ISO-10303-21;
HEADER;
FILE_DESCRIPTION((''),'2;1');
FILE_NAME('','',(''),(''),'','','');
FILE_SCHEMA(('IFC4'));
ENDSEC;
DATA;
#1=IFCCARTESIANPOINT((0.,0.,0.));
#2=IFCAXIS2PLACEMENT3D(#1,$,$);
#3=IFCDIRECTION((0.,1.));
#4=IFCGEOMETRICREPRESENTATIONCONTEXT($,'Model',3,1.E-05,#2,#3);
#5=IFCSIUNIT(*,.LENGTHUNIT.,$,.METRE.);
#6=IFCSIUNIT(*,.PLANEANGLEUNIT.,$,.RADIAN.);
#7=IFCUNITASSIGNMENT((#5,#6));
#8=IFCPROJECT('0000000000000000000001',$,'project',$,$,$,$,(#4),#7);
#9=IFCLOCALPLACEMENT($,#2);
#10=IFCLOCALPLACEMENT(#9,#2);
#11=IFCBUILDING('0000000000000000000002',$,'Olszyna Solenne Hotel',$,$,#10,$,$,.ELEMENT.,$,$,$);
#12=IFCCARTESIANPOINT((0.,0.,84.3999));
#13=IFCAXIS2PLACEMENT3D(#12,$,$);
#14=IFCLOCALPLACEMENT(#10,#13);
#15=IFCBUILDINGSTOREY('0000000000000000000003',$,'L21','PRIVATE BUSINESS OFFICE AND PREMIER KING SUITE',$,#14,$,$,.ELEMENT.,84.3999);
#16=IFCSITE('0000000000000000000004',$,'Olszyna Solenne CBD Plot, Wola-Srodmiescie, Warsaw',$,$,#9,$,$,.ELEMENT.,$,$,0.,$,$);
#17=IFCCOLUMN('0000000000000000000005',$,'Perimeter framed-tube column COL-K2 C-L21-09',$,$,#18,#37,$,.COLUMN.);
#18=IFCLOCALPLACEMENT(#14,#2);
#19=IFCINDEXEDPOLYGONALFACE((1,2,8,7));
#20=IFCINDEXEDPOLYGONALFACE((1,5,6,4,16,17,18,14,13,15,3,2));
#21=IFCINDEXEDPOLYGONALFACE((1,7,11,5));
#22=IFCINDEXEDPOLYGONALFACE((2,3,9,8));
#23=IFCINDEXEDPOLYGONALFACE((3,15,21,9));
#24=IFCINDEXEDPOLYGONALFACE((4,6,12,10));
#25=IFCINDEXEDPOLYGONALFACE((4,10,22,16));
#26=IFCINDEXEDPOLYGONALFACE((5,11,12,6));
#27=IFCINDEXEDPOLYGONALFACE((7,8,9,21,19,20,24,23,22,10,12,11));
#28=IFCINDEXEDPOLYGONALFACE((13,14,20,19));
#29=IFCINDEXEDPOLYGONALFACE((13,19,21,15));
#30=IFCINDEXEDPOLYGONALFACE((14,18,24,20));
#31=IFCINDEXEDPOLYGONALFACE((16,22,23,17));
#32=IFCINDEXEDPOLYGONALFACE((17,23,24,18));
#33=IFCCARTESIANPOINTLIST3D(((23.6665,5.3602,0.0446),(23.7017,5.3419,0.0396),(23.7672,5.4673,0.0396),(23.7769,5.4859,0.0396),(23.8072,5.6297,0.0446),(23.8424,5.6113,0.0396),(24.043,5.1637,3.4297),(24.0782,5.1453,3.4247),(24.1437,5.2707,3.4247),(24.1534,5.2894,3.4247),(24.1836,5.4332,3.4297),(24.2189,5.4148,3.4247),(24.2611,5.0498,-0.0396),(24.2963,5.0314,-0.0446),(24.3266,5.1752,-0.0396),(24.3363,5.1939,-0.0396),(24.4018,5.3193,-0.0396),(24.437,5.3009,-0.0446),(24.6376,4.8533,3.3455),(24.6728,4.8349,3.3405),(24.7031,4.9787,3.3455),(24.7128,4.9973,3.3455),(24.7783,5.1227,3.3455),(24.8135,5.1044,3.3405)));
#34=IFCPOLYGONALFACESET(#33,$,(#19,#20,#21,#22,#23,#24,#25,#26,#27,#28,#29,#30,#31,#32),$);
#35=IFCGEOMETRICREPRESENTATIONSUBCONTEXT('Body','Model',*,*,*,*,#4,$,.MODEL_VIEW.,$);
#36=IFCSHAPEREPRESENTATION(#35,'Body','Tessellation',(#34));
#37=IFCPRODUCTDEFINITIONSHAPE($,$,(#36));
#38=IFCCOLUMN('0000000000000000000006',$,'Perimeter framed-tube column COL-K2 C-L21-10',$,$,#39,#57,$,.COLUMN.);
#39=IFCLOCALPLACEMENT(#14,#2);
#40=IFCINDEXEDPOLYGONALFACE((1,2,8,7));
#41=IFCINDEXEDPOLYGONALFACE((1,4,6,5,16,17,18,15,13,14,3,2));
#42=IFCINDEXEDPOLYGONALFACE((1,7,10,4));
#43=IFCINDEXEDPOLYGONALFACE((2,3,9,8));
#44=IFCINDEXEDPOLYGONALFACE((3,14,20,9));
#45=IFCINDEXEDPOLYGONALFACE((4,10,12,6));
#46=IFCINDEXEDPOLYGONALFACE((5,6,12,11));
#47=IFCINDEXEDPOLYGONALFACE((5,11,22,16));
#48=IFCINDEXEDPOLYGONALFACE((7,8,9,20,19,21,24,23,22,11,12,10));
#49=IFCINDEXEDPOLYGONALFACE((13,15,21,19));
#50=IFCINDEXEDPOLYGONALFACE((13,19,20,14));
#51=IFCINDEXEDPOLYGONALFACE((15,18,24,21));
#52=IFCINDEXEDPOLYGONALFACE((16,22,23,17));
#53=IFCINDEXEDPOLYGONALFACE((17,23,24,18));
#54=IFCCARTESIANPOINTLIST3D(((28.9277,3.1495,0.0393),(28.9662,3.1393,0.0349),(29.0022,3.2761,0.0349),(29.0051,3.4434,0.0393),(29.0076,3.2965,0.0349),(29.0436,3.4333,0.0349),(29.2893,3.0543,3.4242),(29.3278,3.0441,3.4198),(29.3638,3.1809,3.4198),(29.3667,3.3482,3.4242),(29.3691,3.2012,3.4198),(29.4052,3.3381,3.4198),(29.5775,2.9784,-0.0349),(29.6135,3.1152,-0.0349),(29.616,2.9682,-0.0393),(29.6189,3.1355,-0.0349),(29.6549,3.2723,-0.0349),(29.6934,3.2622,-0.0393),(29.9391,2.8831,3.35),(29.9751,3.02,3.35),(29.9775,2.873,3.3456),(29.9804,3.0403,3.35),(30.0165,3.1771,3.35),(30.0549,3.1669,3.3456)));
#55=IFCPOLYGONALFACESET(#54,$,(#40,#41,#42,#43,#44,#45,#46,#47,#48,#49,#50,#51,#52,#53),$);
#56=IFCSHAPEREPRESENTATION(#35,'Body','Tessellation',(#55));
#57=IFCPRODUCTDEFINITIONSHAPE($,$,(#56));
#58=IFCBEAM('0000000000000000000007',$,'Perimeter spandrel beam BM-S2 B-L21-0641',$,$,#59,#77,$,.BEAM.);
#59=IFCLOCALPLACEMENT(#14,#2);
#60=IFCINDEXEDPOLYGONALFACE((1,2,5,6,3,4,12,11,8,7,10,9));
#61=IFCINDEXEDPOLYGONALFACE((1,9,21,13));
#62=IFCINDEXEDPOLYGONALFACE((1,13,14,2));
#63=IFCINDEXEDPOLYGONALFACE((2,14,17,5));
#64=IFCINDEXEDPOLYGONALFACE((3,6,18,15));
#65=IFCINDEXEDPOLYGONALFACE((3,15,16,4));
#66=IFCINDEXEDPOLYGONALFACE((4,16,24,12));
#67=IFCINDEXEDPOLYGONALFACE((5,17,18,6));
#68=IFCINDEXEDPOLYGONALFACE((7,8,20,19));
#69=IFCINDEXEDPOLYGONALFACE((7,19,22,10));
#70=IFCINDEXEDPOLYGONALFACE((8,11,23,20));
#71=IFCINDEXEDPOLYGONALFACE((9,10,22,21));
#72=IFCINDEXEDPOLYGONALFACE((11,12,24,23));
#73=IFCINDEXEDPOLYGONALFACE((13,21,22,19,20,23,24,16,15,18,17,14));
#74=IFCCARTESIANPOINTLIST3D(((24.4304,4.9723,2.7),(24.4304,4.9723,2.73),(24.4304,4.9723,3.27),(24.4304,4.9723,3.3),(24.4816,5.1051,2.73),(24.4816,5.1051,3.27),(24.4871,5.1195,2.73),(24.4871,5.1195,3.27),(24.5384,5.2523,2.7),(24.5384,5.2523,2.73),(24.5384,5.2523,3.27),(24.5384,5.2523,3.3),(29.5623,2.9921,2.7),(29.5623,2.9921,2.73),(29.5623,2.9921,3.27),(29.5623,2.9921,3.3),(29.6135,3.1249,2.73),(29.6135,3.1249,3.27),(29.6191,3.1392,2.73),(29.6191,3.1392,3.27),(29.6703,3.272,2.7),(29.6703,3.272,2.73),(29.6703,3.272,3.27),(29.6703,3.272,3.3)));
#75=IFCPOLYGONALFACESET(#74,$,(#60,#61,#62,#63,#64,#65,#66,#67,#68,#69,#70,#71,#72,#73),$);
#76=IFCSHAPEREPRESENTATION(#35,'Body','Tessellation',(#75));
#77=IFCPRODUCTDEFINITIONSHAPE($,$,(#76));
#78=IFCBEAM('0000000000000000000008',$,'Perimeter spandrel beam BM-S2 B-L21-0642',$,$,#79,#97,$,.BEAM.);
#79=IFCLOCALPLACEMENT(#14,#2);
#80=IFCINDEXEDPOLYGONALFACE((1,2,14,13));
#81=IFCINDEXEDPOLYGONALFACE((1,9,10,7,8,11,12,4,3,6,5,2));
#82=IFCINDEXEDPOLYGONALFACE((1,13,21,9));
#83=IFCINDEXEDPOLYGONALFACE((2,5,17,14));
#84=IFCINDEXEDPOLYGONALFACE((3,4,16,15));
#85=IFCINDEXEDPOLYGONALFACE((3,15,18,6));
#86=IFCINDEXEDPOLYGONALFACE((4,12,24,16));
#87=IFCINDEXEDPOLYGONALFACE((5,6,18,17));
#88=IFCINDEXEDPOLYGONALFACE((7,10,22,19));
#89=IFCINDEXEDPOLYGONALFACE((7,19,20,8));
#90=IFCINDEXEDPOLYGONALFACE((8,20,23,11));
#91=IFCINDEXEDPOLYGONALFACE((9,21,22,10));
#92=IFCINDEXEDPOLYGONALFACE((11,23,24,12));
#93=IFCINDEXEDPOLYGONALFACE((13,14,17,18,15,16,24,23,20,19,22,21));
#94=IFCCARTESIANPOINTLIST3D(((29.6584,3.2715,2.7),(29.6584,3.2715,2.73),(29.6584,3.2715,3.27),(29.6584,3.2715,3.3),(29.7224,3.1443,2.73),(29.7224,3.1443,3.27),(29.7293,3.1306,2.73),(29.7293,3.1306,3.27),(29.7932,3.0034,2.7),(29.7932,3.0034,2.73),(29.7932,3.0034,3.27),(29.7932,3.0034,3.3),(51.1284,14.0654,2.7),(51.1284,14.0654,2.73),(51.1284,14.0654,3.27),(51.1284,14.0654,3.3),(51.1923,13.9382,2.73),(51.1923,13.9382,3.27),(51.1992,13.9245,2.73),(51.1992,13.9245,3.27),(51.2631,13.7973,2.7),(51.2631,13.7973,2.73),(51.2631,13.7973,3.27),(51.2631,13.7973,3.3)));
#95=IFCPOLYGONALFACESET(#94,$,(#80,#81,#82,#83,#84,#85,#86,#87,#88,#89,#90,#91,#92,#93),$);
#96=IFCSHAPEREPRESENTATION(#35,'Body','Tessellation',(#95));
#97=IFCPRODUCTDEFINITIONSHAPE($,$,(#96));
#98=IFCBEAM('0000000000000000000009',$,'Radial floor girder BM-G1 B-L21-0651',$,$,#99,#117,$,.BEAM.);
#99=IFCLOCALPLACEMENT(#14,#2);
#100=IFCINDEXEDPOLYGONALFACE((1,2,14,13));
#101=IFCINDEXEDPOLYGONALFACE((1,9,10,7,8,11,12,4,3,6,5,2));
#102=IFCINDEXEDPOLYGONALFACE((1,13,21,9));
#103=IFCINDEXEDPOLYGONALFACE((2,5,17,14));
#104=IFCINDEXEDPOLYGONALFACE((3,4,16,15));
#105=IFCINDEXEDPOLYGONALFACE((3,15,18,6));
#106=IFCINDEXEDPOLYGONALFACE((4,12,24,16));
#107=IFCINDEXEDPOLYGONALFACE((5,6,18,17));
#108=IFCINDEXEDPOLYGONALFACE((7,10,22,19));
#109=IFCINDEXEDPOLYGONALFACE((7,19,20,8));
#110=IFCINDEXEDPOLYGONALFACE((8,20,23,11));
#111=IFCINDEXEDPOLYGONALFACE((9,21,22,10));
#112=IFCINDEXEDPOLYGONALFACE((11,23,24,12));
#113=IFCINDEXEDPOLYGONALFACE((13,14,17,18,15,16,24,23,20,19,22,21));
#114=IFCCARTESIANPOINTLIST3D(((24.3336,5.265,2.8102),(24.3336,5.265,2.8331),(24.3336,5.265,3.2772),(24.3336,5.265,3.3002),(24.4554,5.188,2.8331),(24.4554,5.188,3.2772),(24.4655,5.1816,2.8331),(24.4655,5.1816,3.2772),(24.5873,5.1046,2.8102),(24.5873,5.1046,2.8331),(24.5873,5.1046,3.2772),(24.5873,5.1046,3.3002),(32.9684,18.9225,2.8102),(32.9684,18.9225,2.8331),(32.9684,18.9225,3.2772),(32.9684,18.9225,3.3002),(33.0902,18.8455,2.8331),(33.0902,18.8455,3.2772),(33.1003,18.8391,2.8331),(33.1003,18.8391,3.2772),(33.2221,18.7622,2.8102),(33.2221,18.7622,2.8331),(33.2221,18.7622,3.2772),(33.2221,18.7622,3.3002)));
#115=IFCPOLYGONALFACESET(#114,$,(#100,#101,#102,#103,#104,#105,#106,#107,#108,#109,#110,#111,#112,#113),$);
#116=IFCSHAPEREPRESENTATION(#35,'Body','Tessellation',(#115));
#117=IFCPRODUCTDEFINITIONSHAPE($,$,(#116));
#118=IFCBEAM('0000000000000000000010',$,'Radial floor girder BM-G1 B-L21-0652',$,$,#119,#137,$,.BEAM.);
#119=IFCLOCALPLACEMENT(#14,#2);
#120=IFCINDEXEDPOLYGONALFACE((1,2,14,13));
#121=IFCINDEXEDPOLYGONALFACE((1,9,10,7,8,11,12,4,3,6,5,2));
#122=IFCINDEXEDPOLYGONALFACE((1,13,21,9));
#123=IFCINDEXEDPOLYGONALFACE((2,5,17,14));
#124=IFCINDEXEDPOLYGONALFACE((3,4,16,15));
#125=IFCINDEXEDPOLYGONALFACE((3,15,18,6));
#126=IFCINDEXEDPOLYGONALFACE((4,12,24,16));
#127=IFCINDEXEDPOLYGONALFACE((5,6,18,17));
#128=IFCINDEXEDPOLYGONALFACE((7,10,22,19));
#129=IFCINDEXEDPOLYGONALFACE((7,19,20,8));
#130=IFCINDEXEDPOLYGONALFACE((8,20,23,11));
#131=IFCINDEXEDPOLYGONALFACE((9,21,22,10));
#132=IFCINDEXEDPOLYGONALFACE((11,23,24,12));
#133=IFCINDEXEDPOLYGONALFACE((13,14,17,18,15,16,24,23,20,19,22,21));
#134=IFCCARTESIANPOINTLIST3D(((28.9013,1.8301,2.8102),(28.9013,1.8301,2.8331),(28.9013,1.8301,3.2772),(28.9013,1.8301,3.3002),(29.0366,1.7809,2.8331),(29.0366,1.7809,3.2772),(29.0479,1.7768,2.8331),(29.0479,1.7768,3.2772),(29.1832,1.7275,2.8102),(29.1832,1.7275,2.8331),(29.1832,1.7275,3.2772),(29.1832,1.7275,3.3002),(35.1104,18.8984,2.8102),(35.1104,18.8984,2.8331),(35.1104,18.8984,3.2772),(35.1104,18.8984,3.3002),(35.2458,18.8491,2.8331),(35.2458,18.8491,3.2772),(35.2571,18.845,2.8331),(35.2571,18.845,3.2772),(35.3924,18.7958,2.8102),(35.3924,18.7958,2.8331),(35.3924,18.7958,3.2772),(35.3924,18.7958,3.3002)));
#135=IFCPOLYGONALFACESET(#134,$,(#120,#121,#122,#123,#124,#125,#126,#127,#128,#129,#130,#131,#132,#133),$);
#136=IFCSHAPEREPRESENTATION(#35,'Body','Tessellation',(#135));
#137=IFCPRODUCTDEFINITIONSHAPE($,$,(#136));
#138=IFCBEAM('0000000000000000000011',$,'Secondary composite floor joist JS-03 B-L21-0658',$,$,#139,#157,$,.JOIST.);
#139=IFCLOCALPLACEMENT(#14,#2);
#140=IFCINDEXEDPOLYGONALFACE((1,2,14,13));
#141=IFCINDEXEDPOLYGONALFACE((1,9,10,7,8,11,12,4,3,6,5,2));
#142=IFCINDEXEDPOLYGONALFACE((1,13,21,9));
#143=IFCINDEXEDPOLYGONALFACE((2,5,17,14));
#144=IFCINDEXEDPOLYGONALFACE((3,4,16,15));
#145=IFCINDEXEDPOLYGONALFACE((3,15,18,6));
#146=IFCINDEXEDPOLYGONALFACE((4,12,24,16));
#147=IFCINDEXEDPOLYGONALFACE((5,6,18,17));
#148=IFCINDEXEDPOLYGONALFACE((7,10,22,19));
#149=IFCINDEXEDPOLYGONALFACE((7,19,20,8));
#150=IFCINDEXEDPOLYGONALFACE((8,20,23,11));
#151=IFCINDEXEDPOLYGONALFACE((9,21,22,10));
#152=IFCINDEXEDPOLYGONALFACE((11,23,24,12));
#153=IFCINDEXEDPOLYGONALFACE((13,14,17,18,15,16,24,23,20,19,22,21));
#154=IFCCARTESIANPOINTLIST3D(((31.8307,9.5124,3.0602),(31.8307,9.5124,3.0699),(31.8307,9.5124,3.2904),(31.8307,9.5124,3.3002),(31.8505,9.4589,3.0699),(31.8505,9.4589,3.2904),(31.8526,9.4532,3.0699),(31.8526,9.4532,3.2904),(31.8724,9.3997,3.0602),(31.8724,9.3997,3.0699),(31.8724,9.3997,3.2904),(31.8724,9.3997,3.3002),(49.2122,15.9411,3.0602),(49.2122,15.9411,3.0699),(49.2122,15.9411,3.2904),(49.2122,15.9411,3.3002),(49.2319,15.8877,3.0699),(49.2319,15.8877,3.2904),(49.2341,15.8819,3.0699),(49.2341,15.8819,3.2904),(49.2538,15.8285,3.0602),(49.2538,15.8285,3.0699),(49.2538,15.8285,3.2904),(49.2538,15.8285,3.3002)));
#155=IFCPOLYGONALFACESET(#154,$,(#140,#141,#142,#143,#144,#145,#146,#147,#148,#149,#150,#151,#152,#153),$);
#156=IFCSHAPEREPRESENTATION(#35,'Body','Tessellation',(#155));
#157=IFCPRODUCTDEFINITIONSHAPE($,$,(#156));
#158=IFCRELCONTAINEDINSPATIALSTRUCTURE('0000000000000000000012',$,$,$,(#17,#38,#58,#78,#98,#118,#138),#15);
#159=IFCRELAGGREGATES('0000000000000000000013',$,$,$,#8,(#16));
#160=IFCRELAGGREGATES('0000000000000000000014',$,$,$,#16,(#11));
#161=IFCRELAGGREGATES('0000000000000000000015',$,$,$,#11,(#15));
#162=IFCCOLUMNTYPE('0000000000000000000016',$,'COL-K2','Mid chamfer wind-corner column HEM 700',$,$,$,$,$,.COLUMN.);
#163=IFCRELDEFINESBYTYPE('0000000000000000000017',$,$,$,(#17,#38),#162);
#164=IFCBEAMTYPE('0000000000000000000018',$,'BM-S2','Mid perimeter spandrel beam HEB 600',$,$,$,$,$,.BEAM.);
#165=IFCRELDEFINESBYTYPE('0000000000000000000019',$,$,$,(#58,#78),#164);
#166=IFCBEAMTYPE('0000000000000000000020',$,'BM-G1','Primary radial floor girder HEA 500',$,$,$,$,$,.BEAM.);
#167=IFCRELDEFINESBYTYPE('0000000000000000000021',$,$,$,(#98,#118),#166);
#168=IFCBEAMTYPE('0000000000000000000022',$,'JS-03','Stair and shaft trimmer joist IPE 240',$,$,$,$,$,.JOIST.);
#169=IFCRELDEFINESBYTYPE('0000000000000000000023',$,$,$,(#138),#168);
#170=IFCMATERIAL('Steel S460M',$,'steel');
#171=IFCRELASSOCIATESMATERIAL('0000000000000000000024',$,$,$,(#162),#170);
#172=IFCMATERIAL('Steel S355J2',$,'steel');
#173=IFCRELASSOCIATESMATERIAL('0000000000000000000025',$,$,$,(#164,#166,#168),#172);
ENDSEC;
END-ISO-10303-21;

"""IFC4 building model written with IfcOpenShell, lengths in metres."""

from ifc_helpers import new_model, si_unit, direction, frame, origin, origin_2d, place, context, subcontext, project, spatial, i_section, extrude, source, transform, mapped, material, material_profile, profile_set, type_object, element, save


model = new_model("IFC4")

# Units and contexts
model_context = context("Model", 3, precision=1e-05, world=origin(), true_north=direction((0.0, 1.0)))
body_context = subcontext(model_context, "Body", "Model", "MODEL_VIEW")
ifc_project = project(units=[si_unit("LENGTHUNIT", "METRE"), si_unit("PLANEANGLEUNIT", "RADIAN")], contexts=[model_context])

# Site, building, storey
site_placement = place(None, origin())
site = spatial("IfcSite", under=ifc_project, at=site_placement, Name="Olszyna Solenne CBD Plot, Wola-Srodmiescie, Warsaw", CompositionType="ELEMENT", RefElevation=0.0)
building_placement = place(site_placement, origin())
building = spatial("IfcBuilding", under=site, at=building_placement, Name="Olszyna Solenne Hotel", CompositionType="ELEMENT")
storey_placement = place(building_placement, frame((0.0, 0.0, 84.3999)))
storey = spatial("IfcBuildingStorey", under=building, at=storey_placement, Name="L21", Description="PRIVATE BUSINESS OFFICE AND PREMIER KING SUITE", CompositionType="ELEMENT", Elevation=84.3999)

# Columns
ifc_material_1 = material(Name="Steel S460M", Category="steel")
ifc_material_profile_1 = material_profile(ifc_material_1, i_section(OverallWidth=0.304, OverallDepth=0.7161, WebThickness=0.021, FlangeThickness=0.04, at=origin_2d()), Name="HEM 700", Category="load-bearing")
ifc_profile_set_1 = profile_set([ifc_material_profile_1], Name="Steel S460M")
column_type = type_object("IfcColumnType", Name="COL-K2", Description="Mid chamfer wind-corner column HEM 700", PredefinedType="COLUMN", material=ifc_profile_set_1)
shared_shape_1 = source(origin(), body_context, "Body", "SweptSolid", [
    extrude(i_section(OverallWidth=0.304, OverallDepth=0.7161, WebThickness=0.021, FlangeThickness=0.04, at=origin_2d()), origin(), (0.0, 0.0, 1.0), 3.4116),
])
column_1_placement = place(storey_placement, frame((24.0518, 5.3306, 0.0), z_axis=(0.11035, -0.057608, 0.992222), x_axis=(0.462782, 0.886472, 0.0)))
element("IfcColumn", 1, at=column_1_placement, inside=storey, type_object=column_type, Name="Perimeter framed-tube column COL-K2 C-L21-09", PredefinedType="COLUMN", context=body_context, shape_type="MappedRepresentation", body=[
    mapped(shared_shape_1, transform((0.0, 0.0, 0.0), x_axis=(1.0, 0.0, 0.0), y_axis=(0.0, 1.0, 0.0), z_axis=(0.0, 0.0, 1.0), scale=1.0)),
])
shared_shape_2 = source(origin(), body_context, "Body", "SweptSolid", [
    extrude(i_section(OverallWidth=0.304, OverallDepth=0.7161, WebThickness=0.021, FlangeThickness=0.04, at=origin_2d()), origin(), (0.0, 0.0, 1.0), 3.4055),
])
column_2_placement = place(storey_placement, frame((29.3105, 3.2058, 0.0), z_axis=(0.10617, -0.027958, 0.993955), x_axis=(0.254654, 0.967032, 0.0)))
element("IfcColumn", 2, at=column_2_placement, inside=storey, type_object=column_type, Name="Perimeter framed-tube column COL-K2 C-L21-10", PredefinedType="COLUMN", context=body_context, shape_type="MappedRepresentation", body=[
    mapped(shared_shape_2, transform((0.0, 0.0, 0.0), x_axis=(1.0, 0.0, 0.0), y_axis=(0.0, 1.0, 0.0), z_axis=(0.0, 0.0, 1.0), scale=1.0)),
])

# Beams
ifc_material_2 = material(Name="Steel S355J2", Category="steel")
ifc_material_profile_2 = material_profile(ifc_material_2, i_section(OverallWidth=0.3, OverallDepth=0.6001, WebThickness=0.0154, FlangeThickness=0.03, at=origin_2d()), Name="HEB 600", Category="load-bearing")
ifc_profile_set_2 = profile_set([ifc_material_profile_2], Name="Steel S355J2")
beam_type_1 = type_object("IfcBeamType", Name="BM-S2", Description="Mid perimeter spandrel beam HEB 600", PredefinedType="BEAM", material=ifc_profile_set_2)
shared_shape_3 = source(origin(), body_context, "Body", "SweptSolid", [
    extrude(i_section(OverallWidth=0.3, OverallDepth=0.6001, WebThickness=0.0154, FlangeThickness=0.03, at=origin_2d()), origin(), (0.0, 0.0, 1.0), 5.5007),
])
beam_1_placement = place(storey_placement, frame((24.4844, 5.1123, 3.0), z_axis=(0.932953, -0.359999, 0.0), x_axis=(0.359999, 0.932953, 0.0)))
element("IfcBeam", 3, at=beam_1_placement, inside=storey, type_object=beam_type_1, Name="Perimeter spandrel beam BM-S2 B-L21-0641", PredefinedType="BEAM", context=body_context, shape_type="MappedRepresentation", body=[
    mapped(shared_shape_3, transform((0.0, 0.0, 0.0), x_axis=(1.0, 0.0, 0.0), y_axis=(0.0, 1.0, 0.0), z_axis=(0.0, 0.0, 1.0), scale=1.0)),
])
shared_shape_4 = source(origin(), body_context, "Body", "SweptSolid", [
    extrude(i_section(OverallWidth=0.3, OverallDepth=0.6001, WebThickness=0.0154, FlangeThickness=0.03, at=origin_2d()), origin(), (0.0, 0.0, 1.0), 24.0305),
])
beam_2_placement = place(storey_placement, frame((29.7258, 3.1375, 3.0), z_axis=(0.893444, 0.449175, 0.0), x_axis=(-0.449175, 0.893444, 0.0)))
element("IfcBeam", 4, at=beam_2_placement, inside=storey, type_object=beam_type_1, Name="Perimeter spandrel beam BM-S2 B-L21-0642", PredefinedType="BEAM", context=body_context, shape_type="MappedRepresentation", body=[
    mapped(shared_shape_4, transform((0.0, 0.0, 0.0), x_axis=(1.0, 0.0, 0.0), y_axis=(0.0, 1.0, 0.0), z_axis=(0.0, 0.0, 1.0), scale=1.0)),
])
ifc_material_profile_3 = material_profile(ifc_material_2, i_section(OverallWidth=0.3, OverallDepth=0.49, WebThickness=0.012, FlangeThickness=0.0229, at=origin_2d()), Name="HEA 500", Category="load-bearing")
ifc_profile_set_3 = profile_set([ifc_material_profile_3], Name="Steel S355J2")
beam_type_2 = type_object("IfcBeamType", Name="BM-G1", Description="Primary radial floor girder HEA 500", PredefinedType="BEAM", material=ifc_profile_set_3)
shared_shape_5 = source(origin(), body_context, "Body", "SweptSolid", [
    extrude(i_section(OverallWidth=0.3, OverallDepth=0.49, WebThickness=0.012, FlangeThickness=0.0229, at=origin_2d()), origin(), (0.0, 0.0, 1.0), 16.1582),
])
beam_3_placement = place(storey_placement, frame((24.4604, 5.1848, 3.0552), z_axis=(0.534391, 0.845237, 0.0), x_axis=(-0.845237, 0.534391, 0.0)))
element("IfcBeam", 5, at=beam_3_placement, inside=storey, type_object=beam_type_2, Name="Radial floor girder BM-G1 B-L21-0651", PredefinedType="BEAM", context=body_context, shape_type="MappedRepresentation", body=[
    mapped(shared_shape_5, transform((0.0, 0.0, 0.0), x_axis=(1.0, 0.0, 0.0), y_axis=(0.0, 1.0, 0.0), z_axis=(0.0, 0.0, 1.0), scale=1.0)),
])
shared_shape_6 = source(origin(), body_context, "Body", "SweptSolid", [
    extrude(i_section(OverallWidth=0.3, OverallDepth=0.49, WebThickness=0.012, FlangeThickness=0.0229, at=origin_2d()), origin(), (0.0, 0.0, 1.0), 18.1626),
])
beam_4_placement = place(storey_placement, frame((29.0422, 1.7788, 3.0552), z_axis=(0.341867, 0.939748, 0.0), x_axis=(-0.939748, 0.341867, 0.0)))
element("IfcBeam", 6, at=beam_4_placement, inside=storey, type_object=beam_type_2, Name="Radial floor girder BM-G1 B-L21-0652", PredefinedType="BEAM", context=body_context, shape_type="MappedRepresentation", body=[
    mapped(shared_shape_6, transform((0.0, 0.0, 0.0), x_axis=(1.0, 0.0, 0.0), y_axis=(0.0, 1.0, 0.0), z_axis=(0.0, 0.0, 1.0), scale=1.0)),
])
ifc_material_profile_4 = material_profile(ifc_material_2, i_section(OverallWidth=0.1201, OverallDepth=0.24, WebThickness=0.0061, FlangeThickness=0.0098, at=origin_2d()), Name="IPE 240", Category="load-bearing")
ifc_profile_set_4 = profile_set([ifc_material_profile_4], Name="Steel S355J2")
beam_type_3 = type_object("IfcBeamType", Name="JS-03", Description="Stair and shaft trimmer joist IPE 240", PredefinedType="JOIST", material=ifc_profile_set_4)
shared_shape_7 = source(origin(), body_context, "Body", "SweptSolid", [
    extrude(i_section(OverallWidth=0.1201, OverallDepth=0.24, WebThickness=0.0061, FlangeThickness=0.0098, at=origin_2d()), origin(), (0.0, 0.0, 1.0), 18.5322),
])
beam_5_placement = place(storey_placement, frame((31.8516, 9.4561, 3.1802), z_axis=(0.937904, 0.346896, 0.0), x_axis=(-0.346896, 0.937904, 0.0)))
element("IfcBeam", 7, at=beam_5_placement, inside=storey, type_object=beam_type_3, Name="Secondary composite floor joist JS-03 B-L21-0658", PredefinedType="JOIST", context=body_context, shape_type="MappedRepresentation", body=[
    mapped(shared_shape_7, transform((0.0, 0.0, 0.0), x_axis=(1.0, 0.0, 0.0), y_axis=(0.0, 1.0, 0.0), z_axis=(0.0, 0.0, 1.0), scale=1.0)),
])

save(model, "model.ifc")
